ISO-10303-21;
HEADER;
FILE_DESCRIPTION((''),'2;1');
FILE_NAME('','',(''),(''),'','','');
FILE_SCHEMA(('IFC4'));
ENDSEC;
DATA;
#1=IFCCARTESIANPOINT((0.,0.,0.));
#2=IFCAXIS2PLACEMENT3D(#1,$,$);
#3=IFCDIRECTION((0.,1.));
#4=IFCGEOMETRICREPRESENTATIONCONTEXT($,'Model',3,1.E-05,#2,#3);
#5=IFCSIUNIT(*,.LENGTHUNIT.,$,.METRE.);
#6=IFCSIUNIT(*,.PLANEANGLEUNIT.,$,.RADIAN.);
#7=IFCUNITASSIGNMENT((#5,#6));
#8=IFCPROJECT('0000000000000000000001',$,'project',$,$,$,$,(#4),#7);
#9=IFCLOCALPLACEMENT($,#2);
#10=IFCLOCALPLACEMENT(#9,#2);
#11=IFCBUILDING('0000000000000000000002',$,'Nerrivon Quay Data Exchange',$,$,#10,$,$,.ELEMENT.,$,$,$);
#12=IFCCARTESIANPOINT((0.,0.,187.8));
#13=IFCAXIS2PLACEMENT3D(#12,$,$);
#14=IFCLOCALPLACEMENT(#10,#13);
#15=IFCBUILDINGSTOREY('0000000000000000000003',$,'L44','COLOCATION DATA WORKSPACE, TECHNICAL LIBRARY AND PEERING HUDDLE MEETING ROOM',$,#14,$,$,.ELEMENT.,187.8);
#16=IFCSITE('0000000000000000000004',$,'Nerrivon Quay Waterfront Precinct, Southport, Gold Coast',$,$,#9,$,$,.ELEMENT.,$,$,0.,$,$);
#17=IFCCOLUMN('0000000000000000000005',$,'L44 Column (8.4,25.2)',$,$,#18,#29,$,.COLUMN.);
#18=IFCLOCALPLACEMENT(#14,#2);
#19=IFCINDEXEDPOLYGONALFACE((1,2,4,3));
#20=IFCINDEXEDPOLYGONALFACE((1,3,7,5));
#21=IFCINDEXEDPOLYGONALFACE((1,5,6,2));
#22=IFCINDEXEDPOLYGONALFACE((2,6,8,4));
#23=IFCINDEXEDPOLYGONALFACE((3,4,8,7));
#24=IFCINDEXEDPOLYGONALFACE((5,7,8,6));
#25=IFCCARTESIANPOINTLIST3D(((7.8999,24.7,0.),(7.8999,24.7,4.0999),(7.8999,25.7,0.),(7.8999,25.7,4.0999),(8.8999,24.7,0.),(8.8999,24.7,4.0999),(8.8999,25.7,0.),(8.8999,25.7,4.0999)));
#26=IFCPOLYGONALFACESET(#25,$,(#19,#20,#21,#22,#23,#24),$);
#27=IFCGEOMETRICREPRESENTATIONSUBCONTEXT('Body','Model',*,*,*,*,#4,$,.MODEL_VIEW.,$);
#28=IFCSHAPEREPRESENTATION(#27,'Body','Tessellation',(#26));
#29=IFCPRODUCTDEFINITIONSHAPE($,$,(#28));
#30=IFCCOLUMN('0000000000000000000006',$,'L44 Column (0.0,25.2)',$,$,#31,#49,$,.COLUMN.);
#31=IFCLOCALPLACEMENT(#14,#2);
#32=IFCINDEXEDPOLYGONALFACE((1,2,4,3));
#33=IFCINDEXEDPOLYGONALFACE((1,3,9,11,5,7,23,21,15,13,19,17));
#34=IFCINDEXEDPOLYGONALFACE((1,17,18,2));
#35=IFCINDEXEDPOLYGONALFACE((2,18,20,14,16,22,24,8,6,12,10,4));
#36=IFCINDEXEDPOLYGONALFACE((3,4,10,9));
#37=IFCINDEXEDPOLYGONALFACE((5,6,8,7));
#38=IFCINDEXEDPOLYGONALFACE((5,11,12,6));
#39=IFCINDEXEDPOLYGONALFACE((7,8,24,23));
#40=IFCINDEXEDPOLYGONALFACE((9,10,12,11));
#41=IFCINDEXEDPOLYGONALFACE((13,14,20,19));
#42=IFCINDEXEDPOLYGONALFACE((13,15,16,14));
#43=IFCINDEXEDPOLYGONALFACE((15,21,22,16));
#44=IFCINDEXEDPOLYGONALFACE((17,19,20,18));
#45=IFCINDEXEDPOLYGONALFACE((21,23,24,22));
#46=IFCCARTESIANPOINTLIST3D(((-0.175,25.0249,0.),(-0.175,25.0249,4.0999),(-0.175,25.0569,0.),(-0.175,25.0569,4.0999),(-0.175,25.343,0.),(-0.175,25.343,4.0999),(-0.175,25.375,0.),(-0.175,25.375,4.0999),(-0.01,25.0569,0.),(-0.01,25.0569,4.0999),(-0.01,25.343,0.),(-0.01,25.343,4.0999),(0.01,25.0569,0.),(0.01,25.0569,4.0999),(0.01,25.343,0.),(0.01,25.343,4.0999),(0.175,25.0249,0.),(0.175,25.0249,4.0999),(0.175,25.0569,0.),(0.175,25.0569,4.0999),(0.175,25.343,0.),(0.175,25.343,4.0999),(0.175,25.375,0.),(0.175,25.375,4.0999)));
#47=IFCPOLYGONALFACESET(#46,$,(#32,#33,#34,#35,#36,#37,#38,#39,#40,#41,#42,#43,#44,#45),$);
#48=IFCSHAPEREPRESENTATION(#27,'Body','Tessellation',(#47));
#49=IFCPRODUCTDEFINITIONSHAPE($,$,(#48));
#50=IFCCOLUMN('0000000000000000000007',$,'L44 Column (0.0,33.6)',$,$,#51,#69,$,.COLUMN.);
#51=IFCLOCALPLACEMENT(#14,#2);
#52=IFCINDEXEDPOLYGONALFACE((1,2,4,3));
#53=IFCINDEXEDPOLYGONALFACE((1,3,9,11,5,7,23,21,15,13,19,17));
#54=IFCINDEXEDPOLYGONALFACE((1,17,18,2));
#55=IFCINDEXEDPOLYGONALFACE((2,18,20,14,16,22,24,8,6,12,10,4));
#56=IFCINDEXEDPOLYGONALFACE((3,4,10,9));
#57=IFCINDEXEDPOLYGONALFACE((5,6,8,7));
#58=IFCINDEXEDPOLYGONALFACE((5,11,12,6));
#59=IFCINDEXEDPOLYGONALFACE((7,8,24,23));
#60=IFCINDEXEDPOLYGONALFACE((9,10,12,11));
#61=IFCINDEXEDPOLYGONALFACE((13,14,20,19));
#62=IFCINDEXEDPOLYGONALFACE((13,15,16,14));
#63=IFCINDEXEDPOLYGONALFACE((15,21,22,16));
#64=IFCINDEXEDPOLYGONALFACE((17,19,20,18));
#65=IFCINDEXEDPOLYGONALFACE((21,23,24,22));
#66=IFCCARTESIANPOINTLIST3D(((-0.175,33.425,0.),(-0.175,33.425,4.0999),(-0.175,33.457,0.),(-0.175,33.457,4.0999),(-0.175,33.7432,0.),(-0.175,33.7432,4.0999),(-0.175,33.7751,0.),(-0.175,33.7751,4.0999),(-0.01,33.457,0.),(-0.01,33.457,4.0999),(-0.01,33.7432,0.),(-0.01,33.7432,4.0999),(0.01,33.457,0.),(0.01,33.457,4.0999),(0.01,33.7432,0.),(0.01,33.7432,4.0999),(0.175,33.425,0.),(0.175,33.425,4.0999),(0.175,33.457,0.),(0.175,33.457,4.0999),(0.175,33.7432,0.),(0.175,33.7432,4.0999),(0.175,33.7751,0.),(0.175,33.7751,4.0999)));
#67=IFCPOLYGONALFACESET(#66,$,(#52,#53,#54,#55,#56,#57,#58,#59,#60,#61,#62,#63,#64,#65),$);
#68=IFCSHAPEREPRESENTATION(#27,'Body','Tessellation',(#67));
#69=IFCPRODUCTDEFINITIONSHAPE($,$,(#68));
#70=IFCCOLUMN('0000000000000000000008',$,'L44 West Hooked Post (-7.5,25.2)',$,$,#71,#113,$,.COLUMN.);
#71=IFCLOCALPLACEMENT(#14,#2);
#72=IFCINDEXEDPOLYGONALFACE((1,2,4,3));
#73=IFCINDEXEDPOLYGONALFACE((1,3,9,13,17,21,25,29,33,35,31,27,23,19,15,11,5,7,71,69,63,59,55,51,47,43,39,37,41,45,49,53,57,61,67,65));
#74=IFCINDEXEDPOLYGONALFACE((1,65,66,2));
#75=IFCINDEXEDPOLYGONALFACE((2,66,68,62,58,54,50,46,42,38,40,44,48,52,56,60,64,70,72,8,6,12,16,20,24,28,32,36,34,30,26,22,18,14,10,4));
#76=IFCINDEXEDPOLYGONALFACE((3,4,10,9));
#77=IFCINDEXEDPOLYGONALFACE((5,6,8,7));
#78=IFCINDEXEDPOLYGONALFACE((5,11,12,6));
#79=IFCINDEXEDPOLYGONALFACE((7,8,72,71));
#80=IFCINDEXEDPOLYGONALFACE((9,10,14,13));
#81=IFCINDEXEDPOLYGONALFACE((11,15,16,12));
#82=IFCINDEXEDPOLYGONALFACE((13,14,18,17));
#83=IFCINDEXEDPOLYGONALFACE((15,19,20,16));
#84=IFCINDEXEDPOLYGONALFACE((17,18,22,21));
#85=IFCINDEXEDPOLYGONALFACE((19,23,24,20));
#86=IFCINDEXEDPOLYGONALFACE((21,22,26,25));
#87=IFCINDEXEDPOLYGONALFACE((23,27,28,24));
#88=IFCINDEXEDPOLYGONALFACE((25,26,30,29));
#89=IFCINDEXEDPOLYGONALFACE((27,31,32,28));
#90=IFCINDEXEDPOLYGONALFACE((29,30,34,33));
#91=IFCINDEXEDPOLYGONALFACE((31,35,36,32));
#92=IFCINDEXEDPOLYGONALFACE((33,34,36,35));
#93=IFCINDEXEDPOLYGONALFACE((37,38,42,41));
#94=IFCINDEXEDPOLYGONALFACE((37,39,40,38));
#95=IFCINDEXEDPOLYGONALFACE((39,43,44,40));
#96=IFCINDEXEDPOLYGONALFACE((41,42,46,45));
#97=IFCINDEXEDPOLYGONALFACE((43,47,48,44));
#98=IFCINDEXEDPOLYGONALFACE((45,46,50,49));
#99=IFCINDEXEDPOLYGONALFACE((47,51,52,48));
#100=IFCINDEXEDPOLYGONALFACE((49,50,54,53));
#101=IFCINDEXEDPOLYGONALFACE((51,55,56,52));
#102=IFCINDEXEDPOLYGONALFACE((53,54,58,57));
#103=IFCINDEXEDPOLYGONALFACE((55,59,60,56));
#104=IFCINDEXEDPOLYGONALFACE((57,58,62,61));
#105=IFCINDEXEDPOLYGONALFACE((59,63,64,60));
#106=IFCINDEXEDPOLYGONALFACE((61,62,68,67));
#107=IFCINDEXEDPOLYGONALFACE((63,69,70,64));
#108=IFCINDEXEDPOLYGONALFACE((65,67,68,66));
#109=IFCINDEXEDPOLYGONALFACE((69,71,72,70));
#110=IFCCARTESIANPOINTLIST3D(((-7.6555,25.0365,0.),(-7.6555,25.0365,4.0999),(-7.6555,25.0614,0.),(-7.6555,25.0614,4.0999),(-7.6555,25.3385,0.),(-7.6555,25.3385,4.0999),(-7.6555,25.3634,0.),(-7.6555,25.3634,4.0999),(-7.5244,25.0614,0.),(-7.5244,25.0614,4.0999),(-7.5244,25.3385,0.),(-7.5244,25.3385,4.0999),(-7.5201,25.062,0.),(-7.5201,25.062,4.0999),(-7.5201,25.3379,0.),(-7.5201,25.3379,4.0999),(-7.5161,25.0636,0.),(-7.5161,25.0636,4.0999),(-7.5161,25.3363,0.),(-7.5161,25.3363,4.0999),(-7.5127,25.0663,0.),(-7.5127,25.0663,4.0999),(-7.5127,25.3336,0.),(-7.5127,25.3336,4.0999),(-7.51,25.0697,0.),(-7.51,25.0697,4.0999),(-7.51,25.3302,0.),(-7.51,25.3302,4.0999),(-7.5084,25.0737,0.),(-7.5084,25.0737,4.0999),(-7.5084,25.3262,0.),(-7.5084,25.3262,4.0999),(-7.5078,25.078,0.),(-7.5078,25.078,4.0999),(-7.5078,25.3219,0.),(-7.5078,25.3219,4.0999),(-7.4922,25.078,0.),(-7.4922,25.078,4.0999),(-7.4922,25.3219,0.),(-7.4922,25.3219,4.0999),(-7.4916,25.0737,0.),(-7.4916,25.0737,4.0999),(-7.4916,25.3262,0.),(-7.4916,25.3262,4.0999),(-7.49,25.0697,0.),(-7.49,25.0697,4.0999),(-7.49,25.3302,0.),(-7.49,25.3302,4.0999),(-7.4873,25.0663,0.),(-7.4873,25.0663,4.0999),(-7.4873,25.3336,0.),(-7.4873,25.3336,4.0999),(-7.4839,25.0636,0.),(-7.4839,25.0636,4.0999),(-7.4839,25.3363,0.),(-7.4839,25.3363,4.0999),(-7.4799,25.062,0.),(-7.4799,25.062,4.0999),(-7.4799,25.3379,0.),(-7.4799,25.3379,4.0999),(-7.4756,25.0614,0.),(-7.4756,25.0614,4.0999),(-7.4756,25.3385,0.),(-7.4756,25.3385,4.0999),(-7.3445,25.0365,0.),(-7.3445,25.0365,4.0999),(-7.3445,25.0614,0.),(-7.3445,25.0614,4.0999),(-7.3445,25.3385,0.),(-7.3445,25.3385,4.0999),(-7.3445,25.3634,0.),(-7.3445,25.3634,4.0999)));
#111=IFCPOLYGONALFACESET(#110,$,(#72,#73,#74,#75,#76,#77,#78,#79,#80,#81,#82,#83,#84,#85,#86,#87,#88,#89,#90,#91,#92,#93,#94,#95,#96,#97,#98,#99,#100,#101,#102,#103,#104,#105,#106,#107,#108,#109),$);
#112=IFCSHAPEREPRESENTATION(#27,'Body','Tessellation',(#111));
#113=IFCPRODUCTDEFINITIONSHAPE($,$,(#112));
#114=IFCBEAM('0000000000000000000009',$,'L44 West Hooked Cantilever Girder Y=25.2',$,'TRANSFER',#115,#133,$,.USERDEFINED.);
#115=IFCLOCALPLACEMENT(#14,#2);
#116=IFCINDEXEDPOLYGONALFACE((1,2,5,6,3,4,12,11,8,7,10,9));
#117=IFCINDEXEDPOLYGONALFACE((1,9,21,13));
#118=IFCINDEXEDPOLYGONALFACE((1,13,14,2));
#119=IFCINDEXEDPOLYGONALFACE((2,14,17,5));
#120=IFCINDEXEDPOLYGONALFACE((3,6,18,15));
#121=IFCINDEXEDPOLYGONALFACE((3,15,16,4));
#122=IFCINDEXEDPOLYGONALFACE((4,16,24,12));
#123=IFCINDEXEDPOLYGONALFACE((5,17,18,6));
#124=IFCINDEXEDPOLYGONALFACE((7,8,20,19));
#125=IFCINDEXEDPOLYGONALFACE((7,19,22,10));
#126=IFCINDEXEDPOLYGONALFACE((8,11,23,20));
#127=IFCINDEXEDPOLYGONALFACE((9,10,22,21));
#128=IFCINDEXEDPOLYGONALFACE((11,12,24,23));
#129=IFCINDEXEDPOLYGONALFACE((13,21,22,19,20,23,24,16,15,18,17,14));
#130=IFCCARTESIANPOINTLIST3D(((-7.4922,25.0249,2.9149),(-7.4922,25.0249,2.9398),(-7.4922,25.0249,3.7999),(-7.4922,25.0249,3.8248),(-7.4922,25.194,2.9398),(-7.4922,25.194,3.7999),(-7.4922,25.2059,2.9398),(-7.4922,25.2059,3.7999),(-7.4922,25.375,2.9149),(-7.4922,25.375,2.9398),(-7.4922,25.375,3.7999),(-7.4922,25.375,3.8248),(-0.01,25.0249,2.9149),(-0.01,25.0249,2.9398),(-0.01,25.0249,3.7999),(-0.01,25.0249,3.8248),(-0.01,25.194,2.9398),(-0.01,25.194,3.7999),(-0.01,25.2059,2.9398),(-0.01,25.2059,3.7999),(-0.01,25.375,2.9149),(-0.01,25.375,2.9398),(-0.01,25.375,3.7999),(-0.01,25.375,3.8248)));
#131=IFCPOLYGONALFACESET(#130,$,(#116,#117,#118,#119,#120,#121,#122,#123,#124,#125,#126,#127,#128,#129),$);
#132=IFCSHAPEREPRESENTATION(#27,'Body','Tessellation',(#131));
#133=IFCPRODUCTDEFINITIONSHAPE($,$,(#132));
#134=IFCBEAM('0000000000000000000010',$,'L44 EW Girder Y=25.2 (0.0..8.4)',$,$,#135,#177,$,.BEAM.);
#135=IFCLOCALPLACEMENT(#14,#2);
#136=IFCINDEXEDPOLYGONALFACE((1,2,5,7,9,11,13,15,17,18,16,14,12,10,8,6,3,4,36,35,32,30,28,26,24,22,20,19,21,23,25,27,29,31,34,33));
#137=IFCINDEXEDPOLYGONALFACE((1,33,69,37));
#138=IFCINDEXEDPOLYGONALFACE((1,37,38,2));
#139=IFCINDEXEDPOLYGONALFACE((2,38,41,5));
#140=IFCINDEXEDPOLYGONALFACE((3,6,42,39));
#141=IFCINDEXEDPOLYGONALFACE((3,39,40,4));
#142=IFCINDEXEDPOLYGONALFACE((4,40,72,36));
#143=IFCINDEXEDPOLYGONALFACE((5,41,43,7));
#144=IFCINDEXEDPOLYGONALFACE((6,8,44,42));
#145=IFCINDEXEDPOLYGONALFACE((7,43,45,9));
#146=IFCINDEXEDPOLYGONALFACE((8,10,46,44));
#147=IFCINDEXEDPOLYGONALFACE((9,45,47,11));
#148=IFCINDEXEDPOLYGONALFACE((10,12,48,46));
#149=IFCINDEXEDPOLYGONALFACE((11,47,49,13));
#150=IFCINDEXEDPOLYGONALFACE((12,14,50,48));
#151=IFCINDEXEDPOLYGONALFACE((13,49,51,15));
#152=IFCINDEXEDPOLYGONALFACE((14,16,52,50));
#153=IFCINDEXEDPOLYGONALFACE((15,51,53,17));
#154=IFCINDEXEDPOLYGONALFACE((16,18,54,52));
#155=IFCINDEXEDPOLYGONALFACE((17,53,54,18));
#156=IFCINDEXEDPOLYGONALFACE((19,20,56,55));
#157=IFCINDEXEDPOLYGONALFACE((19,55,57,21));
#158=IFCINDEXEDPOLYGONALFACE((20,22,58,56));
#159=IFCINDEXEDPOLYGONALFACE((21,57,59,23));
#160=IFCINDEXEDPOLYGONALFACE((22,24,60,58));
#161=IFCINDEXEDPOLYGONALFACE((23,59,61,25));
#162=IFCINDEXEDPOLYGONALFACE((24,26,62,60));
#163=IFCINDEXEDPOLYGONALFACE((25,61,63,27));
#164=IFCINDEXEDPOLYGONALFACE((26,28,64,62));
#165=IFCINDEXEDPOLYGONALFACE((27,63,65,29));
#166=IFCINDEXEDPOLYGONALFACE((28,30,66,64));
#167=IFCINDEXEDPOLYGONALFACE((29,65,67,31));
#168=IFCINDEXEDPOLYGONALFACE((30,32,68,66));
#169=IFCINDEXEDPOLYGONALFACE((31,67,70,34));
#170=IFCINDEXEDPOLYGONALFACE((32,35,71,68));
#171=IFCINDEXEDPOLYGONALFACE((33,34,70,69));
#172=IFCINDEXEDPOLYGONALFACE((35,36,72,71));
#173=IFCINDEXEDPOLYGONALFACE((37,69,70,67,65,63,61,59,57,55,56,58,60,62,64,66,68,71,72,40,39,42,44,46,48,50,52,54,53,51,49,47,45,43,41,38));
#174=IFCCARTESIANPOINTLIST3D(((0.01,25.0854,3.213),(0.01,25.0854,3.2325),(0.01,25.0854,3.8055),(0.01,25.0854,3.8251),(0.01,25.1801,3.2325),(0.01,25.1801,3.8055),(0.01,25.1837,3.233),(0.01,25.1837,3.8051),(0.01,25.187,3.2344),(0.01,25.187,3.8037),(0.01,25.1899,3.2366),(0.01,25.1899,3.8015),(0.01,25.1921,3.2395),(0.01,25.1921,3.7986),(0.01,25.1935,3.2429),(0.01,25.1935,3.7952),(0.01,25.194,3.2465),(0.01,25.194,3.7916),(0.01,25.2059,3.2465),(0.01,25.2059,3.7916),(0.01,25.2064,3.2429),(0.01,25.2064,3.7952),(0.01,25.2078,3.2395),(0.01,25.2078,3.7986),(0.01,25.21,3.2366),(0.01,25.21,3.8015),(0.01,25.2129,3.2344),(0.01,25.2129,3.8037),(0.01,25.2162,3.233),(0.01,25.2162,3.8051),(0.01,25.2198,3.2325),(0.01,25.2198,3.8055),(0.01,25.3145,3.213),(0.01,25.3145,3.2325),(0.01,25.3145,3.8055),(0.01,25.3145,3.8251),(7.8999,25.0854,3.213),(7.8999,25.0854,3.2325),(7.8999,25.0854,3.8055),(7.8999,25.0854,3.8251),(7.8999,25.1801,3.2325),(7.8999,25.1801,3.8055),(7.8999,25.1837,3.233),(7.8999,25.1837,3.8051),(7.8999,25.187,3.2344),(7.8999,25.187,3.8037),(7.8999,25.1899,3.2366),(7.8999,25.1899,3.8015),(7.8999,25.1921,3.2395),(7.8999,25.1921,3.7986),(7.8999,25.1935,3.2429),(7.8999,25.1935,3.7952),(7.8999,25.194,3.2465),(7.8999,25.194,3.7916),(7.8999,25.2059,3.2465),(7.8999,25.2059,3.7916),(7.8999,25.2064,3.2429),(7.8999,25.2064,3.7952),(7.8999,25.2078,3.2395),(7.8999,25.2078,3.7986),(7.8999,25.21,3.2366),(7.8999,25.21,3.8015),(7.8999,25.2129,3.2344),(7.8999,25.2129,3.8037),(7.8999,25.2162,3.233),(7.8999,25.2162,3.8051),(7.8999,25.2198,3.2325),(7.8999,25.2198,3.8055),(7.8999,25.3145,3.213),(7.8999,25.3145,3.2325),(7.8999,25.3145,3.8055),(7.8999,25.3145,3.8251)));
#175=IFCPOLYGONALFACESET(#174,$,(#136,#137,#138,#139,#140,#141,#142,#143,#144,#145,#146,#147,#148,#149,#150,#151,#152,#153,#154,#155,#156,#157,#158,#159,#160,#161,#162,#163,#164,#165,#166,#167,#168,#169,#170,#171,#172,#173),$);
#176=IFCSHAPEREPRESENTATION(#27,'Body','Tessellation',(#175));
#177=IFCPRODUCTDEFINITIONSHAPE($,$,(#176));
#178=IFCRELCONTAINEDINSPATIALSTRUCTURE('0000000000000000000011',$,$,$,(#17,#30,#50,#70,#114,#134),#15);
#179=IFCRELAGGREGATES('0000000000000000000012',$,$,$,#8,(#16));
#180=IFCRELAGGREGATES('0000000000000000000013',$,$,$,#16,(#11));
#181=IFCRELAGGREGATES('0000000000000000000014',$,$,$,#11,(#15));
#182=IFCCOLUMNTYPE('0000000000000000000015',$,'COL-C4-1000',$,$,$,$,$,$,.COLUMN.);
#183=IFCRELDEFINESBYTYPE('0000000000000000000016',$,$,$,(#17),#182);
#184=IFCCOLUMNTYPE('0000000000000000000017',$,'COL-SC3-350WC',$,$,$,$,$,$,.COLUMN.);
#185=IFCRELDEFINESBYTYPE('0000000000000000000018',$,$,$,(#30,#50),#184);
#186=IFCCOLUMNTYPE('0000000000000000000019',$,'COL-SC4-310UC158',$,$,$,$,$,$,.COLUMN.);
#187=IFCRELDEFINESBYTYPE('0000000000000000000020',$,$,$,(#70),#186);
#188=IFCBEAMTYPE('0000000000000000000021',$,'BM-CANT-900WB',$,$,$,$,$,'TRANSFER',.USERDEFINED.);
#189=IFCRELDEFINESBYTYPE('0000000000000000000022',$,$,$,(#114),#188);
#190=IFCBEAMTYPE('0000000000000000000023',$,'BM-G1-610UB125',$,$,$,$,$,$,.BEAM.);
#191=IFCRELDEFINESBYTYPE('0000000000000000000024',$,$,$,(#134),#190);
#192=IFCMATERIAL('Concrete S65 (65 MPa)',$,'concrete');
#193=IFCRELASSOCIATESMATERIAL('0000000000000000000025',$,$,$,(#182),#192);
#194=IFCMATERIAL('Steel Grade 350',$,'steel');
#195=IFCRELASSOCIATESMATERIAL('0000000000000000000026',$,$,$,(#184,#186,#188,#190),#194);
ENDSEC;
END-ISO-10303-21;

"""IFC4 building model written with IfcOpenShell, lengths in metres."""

from ifc_helpers import new_model, si_unit, direction, frame, origin, origin_2d, place, context, subcontext, project, spatial, rectangle, i_section, extrude, material, material_profile, profile_set, type_object, element, save


model = new_model("IFC4")

# Units and contexts
model_context = context("Model", 3, precision=1e-05, world=origin(), true_north=direction((0.0, 1.0)))
body_context = subcontext(model_context, "Body", "Model", "MODEL_VIEW")
ifc_project = project(units=[si_unit("LENGTHUNIT", "METRE"), si_unit("PLANEANGLEUNIT", "RADIAN")], contexts=[model_context])

# Site, building, storey
site_placement = place(None, origin())
site = spatial("IfcSite", under=ifc_project, at=site_placement, Name="Nerrivon Quay Waterfront Precinct, Southport, Gold Coast", CompositionType="ELEMENT", RefElevation=0.0)
building_placement = place(site_placement, origin())
building = spatial("IfcBuilding", under=site, at=building_placement, Name="Nerrivon Quay Data Exchange", CompositionType="ELEMENT")
storey_placement = place(building_placement, frame((0.0, 0.0, 187.8)))
storey = spatial("IfcBuildingStorey", under=building, at=storey_placement, Name="L44", Description="COLOCATION DATA WORKSPACE, TECHNICAL LIBRARY AND PEERING HUDDLE MEETING ROOM", CompositionType="ELEMENT", Elevation=187.8)

# Columns
ifc_material_1 = material(Name="Concrete S65 (65 MPa)", Category="concrete")
ifc_material_profile_1 = material_profile(ifc_material_1, rectangle(XDim=1.0, YDim=1.0, at=origin_2d()), Name="RC-COL-1000x1000")
ifc_profile_set_1 = profile_set([ifc_material_profile_1], Name="Concrete S65 (65 MPa)")
column_type_1 = type_object("IfcColumnType", Name="COL-C4-1000", PredefinedType="COLUMN", material=ifc_profile_set_1)
column_1_placement = place(storey_placement, frame((8.3999, 25.2, 0.0), z_axis=(0.0, 0.0, 1.0), x_axis=(1.0, 0.0, 0.0)))
element("IfcColumn", 1, at=column_1_placement, inside=storey, type_object=column_type_1, Name="L44 Column (8.4,25.2)", PredefinedType="COLUMN", context=body_context, shape_type="SweptSolid", body=[
    extrude(rectangle(XDim=1.0, YDim=1.0, at=origin_2d()), origin(), (0.0, 0.0, 1.0), 4.0999),
])
ifc_material_2 = material(Name="Steel Grade 350", Category="steel")
ifc_material_profile_2 = material_profile(ifc_material_2, i_section(OverallWidth=0.3501, OverallDepth=0.3501, WebThickness=0.02, FlangeThickness=0.032, at=origin_2d()), Name="350WC230")
ifc_profile_set_2 = profile_set([ifc_material_profile_2], Name="Steel Grade 350")
column_type_2 = type_object("IfcColumnType", Name="COL-SC3-350WC", PredefinedType="COLUMN", material=ifc_profile_set_2)
for number, where, z_axis, x_axis, name in (
    (2, (0.0, 25.2, 0.0), (0.0, 0.0, 1.0), (1.0, 0.0, 0.0), "L44 Column (0.0,25.2)"),
    (3, (0.0, 33.6001, 0.0), (0.0, 0.0, 1.0), (1.0, 0.0, 0.0), "L44 Column (0.0,33.6)"),
):
    element("IfcColumn", number, at=place(storey_placement, frame(where, z_axis=z_axis, x_axis=x_axis)), inside=storey, type_object=column_type_2, Name=name, PredefinedType="COLUMN", context=body_context, shape_type="SweptSolid", body=[
        extrude(i_section(OverallWidth=0.3501, OverallDepth=0.3501, WebThickness=0.02, FlangeThickness=0.032, at=origin_2d()), origin(), (0.0, 0.0, 1.0), 4.0999),
    ])
ifc_material_profile_3 = material_profile(ifc_material_2, i_section(OverallWidth=0.311, OverallDepth=0.3269, WebThickness=0.0156, FlangeThickness=0.0249, FilletRadius=0.0166, at=origin_2d()), Name="310UC158")
ifc_profile_set_3 = profile_set([ifc_material_profile_3], Name="Steel Grade 350")
column_type_3 = type_object("IfcColumnType", Name="COL-SC4-310UC158", PredefinedType="COLUMN", material=ifc_profile_set_3)
column_2_placement = place(storey_placement, frame((-7.5, 25.2, 0.0), z_axis=(0.0, 0.0, 1.0), x_axis=(1.0, 0.0, 0.0)))
element("IfcColumn", 4, at=column_2_placement, inside=storey, type_object=column_type_3, Name="L44 West Hooked Post (-7.5,25.2)", PredefinedType="COLUMN", context=body_context, shape_type="SweptSolid", body=[
    extrude(i_section(OverallWidth=0.311, OverallDepth=0.3269, WebThickness=0.0156, FlangeThickness=0.0249, FilletRadius=0.0166, at=origin_2d()), origin(), (0.0, 0.0, 1.0), 4.0999),
])

# Beams
ifc_material_profile_4 = material_profile(ifc_material_2, i_section(OverallWidth=0.3501, OverallDepth=0.9099, WebThickness=0.012, FlangeThickness=0.0249, at=origin_2d()), Name="900WB218")
ifc_profile_set_4 = profile_set([ifc_material_profile_4], Name="Steel Grade 350")
beam_type_1 = type_object("IfcBeamType", Name="BM-CANT-900WB", ElementType="TRANSFER", PredefinedType="USERDEFINED", material=ifc_profile_set_4)
beam_1_placement = place(storey_placement, frame((-0.01, 25.2, 3.3699), z_axis=(-1.0, 0.0, 0.0), x_axis=(0.0, -1.0, 0.0)))
element("IfcBeam", 5, at=beam_1_placement, inside=storey, type_object=beam_type_1, Name="L44 West Hooked Cantilever Girder Y=25.2", ObjectType="TRANSFER", PredefinedType="USERDEFINED", context=body_context, shape_type="SweptSolid", body=[
    extrude(i_section(OverallWidth=0.3501, OverallDepth=0.9099, WebThickness=0.012, FlangeThickness=0.0249, at=origin_2d()), origin(), (0.0, 0.0, 1.0), 7.4822),
])
ifc_material_profile_5 = material_profile(ifc_material_2, i_section(OverallWidth=0.229, OverallDepth=0.6121, WebThickness=0.012, FlangeThickness=0.0195, FilletRadius=0.0139, at=origin_2d()), Name="610UB125")
ifc_profile_set_5 = profile_set([ifc_material_profile_5], Name="Steel Grade 350")
beam_type_2 = type_object("IfcBeamType", Name="BM-G1-610UB125", PredefinedType="BEAM", material=ifc_profile_set_5)
beam_2_placement = place(storey_placement, frame((0.01, 25.2, 3.519), z_axis=(1.0, 0.0, 0.0), x_axis=(0.0, 1.0, 0.0)))
element("IfcBeam", 6, at=beam_2_placement, inside=storey, type_object=beam_type_2, Name="L44 EW Girder Y=25.2 (0.0..8.4)", PredefinedType="BEAM", context=body_context, shape_type="SweptSolid", body=[
    extrude(i_section(OverallWidth=0.229, OverallDepth=0.6121, WebThickness=0.012, FlangeThickness=0.0195, FilletRadius=0.0139, at=origin_2d()), origin(), (0.0, 0.0, 1.0), 7.8899),
])

save(model, "model.ifc")
